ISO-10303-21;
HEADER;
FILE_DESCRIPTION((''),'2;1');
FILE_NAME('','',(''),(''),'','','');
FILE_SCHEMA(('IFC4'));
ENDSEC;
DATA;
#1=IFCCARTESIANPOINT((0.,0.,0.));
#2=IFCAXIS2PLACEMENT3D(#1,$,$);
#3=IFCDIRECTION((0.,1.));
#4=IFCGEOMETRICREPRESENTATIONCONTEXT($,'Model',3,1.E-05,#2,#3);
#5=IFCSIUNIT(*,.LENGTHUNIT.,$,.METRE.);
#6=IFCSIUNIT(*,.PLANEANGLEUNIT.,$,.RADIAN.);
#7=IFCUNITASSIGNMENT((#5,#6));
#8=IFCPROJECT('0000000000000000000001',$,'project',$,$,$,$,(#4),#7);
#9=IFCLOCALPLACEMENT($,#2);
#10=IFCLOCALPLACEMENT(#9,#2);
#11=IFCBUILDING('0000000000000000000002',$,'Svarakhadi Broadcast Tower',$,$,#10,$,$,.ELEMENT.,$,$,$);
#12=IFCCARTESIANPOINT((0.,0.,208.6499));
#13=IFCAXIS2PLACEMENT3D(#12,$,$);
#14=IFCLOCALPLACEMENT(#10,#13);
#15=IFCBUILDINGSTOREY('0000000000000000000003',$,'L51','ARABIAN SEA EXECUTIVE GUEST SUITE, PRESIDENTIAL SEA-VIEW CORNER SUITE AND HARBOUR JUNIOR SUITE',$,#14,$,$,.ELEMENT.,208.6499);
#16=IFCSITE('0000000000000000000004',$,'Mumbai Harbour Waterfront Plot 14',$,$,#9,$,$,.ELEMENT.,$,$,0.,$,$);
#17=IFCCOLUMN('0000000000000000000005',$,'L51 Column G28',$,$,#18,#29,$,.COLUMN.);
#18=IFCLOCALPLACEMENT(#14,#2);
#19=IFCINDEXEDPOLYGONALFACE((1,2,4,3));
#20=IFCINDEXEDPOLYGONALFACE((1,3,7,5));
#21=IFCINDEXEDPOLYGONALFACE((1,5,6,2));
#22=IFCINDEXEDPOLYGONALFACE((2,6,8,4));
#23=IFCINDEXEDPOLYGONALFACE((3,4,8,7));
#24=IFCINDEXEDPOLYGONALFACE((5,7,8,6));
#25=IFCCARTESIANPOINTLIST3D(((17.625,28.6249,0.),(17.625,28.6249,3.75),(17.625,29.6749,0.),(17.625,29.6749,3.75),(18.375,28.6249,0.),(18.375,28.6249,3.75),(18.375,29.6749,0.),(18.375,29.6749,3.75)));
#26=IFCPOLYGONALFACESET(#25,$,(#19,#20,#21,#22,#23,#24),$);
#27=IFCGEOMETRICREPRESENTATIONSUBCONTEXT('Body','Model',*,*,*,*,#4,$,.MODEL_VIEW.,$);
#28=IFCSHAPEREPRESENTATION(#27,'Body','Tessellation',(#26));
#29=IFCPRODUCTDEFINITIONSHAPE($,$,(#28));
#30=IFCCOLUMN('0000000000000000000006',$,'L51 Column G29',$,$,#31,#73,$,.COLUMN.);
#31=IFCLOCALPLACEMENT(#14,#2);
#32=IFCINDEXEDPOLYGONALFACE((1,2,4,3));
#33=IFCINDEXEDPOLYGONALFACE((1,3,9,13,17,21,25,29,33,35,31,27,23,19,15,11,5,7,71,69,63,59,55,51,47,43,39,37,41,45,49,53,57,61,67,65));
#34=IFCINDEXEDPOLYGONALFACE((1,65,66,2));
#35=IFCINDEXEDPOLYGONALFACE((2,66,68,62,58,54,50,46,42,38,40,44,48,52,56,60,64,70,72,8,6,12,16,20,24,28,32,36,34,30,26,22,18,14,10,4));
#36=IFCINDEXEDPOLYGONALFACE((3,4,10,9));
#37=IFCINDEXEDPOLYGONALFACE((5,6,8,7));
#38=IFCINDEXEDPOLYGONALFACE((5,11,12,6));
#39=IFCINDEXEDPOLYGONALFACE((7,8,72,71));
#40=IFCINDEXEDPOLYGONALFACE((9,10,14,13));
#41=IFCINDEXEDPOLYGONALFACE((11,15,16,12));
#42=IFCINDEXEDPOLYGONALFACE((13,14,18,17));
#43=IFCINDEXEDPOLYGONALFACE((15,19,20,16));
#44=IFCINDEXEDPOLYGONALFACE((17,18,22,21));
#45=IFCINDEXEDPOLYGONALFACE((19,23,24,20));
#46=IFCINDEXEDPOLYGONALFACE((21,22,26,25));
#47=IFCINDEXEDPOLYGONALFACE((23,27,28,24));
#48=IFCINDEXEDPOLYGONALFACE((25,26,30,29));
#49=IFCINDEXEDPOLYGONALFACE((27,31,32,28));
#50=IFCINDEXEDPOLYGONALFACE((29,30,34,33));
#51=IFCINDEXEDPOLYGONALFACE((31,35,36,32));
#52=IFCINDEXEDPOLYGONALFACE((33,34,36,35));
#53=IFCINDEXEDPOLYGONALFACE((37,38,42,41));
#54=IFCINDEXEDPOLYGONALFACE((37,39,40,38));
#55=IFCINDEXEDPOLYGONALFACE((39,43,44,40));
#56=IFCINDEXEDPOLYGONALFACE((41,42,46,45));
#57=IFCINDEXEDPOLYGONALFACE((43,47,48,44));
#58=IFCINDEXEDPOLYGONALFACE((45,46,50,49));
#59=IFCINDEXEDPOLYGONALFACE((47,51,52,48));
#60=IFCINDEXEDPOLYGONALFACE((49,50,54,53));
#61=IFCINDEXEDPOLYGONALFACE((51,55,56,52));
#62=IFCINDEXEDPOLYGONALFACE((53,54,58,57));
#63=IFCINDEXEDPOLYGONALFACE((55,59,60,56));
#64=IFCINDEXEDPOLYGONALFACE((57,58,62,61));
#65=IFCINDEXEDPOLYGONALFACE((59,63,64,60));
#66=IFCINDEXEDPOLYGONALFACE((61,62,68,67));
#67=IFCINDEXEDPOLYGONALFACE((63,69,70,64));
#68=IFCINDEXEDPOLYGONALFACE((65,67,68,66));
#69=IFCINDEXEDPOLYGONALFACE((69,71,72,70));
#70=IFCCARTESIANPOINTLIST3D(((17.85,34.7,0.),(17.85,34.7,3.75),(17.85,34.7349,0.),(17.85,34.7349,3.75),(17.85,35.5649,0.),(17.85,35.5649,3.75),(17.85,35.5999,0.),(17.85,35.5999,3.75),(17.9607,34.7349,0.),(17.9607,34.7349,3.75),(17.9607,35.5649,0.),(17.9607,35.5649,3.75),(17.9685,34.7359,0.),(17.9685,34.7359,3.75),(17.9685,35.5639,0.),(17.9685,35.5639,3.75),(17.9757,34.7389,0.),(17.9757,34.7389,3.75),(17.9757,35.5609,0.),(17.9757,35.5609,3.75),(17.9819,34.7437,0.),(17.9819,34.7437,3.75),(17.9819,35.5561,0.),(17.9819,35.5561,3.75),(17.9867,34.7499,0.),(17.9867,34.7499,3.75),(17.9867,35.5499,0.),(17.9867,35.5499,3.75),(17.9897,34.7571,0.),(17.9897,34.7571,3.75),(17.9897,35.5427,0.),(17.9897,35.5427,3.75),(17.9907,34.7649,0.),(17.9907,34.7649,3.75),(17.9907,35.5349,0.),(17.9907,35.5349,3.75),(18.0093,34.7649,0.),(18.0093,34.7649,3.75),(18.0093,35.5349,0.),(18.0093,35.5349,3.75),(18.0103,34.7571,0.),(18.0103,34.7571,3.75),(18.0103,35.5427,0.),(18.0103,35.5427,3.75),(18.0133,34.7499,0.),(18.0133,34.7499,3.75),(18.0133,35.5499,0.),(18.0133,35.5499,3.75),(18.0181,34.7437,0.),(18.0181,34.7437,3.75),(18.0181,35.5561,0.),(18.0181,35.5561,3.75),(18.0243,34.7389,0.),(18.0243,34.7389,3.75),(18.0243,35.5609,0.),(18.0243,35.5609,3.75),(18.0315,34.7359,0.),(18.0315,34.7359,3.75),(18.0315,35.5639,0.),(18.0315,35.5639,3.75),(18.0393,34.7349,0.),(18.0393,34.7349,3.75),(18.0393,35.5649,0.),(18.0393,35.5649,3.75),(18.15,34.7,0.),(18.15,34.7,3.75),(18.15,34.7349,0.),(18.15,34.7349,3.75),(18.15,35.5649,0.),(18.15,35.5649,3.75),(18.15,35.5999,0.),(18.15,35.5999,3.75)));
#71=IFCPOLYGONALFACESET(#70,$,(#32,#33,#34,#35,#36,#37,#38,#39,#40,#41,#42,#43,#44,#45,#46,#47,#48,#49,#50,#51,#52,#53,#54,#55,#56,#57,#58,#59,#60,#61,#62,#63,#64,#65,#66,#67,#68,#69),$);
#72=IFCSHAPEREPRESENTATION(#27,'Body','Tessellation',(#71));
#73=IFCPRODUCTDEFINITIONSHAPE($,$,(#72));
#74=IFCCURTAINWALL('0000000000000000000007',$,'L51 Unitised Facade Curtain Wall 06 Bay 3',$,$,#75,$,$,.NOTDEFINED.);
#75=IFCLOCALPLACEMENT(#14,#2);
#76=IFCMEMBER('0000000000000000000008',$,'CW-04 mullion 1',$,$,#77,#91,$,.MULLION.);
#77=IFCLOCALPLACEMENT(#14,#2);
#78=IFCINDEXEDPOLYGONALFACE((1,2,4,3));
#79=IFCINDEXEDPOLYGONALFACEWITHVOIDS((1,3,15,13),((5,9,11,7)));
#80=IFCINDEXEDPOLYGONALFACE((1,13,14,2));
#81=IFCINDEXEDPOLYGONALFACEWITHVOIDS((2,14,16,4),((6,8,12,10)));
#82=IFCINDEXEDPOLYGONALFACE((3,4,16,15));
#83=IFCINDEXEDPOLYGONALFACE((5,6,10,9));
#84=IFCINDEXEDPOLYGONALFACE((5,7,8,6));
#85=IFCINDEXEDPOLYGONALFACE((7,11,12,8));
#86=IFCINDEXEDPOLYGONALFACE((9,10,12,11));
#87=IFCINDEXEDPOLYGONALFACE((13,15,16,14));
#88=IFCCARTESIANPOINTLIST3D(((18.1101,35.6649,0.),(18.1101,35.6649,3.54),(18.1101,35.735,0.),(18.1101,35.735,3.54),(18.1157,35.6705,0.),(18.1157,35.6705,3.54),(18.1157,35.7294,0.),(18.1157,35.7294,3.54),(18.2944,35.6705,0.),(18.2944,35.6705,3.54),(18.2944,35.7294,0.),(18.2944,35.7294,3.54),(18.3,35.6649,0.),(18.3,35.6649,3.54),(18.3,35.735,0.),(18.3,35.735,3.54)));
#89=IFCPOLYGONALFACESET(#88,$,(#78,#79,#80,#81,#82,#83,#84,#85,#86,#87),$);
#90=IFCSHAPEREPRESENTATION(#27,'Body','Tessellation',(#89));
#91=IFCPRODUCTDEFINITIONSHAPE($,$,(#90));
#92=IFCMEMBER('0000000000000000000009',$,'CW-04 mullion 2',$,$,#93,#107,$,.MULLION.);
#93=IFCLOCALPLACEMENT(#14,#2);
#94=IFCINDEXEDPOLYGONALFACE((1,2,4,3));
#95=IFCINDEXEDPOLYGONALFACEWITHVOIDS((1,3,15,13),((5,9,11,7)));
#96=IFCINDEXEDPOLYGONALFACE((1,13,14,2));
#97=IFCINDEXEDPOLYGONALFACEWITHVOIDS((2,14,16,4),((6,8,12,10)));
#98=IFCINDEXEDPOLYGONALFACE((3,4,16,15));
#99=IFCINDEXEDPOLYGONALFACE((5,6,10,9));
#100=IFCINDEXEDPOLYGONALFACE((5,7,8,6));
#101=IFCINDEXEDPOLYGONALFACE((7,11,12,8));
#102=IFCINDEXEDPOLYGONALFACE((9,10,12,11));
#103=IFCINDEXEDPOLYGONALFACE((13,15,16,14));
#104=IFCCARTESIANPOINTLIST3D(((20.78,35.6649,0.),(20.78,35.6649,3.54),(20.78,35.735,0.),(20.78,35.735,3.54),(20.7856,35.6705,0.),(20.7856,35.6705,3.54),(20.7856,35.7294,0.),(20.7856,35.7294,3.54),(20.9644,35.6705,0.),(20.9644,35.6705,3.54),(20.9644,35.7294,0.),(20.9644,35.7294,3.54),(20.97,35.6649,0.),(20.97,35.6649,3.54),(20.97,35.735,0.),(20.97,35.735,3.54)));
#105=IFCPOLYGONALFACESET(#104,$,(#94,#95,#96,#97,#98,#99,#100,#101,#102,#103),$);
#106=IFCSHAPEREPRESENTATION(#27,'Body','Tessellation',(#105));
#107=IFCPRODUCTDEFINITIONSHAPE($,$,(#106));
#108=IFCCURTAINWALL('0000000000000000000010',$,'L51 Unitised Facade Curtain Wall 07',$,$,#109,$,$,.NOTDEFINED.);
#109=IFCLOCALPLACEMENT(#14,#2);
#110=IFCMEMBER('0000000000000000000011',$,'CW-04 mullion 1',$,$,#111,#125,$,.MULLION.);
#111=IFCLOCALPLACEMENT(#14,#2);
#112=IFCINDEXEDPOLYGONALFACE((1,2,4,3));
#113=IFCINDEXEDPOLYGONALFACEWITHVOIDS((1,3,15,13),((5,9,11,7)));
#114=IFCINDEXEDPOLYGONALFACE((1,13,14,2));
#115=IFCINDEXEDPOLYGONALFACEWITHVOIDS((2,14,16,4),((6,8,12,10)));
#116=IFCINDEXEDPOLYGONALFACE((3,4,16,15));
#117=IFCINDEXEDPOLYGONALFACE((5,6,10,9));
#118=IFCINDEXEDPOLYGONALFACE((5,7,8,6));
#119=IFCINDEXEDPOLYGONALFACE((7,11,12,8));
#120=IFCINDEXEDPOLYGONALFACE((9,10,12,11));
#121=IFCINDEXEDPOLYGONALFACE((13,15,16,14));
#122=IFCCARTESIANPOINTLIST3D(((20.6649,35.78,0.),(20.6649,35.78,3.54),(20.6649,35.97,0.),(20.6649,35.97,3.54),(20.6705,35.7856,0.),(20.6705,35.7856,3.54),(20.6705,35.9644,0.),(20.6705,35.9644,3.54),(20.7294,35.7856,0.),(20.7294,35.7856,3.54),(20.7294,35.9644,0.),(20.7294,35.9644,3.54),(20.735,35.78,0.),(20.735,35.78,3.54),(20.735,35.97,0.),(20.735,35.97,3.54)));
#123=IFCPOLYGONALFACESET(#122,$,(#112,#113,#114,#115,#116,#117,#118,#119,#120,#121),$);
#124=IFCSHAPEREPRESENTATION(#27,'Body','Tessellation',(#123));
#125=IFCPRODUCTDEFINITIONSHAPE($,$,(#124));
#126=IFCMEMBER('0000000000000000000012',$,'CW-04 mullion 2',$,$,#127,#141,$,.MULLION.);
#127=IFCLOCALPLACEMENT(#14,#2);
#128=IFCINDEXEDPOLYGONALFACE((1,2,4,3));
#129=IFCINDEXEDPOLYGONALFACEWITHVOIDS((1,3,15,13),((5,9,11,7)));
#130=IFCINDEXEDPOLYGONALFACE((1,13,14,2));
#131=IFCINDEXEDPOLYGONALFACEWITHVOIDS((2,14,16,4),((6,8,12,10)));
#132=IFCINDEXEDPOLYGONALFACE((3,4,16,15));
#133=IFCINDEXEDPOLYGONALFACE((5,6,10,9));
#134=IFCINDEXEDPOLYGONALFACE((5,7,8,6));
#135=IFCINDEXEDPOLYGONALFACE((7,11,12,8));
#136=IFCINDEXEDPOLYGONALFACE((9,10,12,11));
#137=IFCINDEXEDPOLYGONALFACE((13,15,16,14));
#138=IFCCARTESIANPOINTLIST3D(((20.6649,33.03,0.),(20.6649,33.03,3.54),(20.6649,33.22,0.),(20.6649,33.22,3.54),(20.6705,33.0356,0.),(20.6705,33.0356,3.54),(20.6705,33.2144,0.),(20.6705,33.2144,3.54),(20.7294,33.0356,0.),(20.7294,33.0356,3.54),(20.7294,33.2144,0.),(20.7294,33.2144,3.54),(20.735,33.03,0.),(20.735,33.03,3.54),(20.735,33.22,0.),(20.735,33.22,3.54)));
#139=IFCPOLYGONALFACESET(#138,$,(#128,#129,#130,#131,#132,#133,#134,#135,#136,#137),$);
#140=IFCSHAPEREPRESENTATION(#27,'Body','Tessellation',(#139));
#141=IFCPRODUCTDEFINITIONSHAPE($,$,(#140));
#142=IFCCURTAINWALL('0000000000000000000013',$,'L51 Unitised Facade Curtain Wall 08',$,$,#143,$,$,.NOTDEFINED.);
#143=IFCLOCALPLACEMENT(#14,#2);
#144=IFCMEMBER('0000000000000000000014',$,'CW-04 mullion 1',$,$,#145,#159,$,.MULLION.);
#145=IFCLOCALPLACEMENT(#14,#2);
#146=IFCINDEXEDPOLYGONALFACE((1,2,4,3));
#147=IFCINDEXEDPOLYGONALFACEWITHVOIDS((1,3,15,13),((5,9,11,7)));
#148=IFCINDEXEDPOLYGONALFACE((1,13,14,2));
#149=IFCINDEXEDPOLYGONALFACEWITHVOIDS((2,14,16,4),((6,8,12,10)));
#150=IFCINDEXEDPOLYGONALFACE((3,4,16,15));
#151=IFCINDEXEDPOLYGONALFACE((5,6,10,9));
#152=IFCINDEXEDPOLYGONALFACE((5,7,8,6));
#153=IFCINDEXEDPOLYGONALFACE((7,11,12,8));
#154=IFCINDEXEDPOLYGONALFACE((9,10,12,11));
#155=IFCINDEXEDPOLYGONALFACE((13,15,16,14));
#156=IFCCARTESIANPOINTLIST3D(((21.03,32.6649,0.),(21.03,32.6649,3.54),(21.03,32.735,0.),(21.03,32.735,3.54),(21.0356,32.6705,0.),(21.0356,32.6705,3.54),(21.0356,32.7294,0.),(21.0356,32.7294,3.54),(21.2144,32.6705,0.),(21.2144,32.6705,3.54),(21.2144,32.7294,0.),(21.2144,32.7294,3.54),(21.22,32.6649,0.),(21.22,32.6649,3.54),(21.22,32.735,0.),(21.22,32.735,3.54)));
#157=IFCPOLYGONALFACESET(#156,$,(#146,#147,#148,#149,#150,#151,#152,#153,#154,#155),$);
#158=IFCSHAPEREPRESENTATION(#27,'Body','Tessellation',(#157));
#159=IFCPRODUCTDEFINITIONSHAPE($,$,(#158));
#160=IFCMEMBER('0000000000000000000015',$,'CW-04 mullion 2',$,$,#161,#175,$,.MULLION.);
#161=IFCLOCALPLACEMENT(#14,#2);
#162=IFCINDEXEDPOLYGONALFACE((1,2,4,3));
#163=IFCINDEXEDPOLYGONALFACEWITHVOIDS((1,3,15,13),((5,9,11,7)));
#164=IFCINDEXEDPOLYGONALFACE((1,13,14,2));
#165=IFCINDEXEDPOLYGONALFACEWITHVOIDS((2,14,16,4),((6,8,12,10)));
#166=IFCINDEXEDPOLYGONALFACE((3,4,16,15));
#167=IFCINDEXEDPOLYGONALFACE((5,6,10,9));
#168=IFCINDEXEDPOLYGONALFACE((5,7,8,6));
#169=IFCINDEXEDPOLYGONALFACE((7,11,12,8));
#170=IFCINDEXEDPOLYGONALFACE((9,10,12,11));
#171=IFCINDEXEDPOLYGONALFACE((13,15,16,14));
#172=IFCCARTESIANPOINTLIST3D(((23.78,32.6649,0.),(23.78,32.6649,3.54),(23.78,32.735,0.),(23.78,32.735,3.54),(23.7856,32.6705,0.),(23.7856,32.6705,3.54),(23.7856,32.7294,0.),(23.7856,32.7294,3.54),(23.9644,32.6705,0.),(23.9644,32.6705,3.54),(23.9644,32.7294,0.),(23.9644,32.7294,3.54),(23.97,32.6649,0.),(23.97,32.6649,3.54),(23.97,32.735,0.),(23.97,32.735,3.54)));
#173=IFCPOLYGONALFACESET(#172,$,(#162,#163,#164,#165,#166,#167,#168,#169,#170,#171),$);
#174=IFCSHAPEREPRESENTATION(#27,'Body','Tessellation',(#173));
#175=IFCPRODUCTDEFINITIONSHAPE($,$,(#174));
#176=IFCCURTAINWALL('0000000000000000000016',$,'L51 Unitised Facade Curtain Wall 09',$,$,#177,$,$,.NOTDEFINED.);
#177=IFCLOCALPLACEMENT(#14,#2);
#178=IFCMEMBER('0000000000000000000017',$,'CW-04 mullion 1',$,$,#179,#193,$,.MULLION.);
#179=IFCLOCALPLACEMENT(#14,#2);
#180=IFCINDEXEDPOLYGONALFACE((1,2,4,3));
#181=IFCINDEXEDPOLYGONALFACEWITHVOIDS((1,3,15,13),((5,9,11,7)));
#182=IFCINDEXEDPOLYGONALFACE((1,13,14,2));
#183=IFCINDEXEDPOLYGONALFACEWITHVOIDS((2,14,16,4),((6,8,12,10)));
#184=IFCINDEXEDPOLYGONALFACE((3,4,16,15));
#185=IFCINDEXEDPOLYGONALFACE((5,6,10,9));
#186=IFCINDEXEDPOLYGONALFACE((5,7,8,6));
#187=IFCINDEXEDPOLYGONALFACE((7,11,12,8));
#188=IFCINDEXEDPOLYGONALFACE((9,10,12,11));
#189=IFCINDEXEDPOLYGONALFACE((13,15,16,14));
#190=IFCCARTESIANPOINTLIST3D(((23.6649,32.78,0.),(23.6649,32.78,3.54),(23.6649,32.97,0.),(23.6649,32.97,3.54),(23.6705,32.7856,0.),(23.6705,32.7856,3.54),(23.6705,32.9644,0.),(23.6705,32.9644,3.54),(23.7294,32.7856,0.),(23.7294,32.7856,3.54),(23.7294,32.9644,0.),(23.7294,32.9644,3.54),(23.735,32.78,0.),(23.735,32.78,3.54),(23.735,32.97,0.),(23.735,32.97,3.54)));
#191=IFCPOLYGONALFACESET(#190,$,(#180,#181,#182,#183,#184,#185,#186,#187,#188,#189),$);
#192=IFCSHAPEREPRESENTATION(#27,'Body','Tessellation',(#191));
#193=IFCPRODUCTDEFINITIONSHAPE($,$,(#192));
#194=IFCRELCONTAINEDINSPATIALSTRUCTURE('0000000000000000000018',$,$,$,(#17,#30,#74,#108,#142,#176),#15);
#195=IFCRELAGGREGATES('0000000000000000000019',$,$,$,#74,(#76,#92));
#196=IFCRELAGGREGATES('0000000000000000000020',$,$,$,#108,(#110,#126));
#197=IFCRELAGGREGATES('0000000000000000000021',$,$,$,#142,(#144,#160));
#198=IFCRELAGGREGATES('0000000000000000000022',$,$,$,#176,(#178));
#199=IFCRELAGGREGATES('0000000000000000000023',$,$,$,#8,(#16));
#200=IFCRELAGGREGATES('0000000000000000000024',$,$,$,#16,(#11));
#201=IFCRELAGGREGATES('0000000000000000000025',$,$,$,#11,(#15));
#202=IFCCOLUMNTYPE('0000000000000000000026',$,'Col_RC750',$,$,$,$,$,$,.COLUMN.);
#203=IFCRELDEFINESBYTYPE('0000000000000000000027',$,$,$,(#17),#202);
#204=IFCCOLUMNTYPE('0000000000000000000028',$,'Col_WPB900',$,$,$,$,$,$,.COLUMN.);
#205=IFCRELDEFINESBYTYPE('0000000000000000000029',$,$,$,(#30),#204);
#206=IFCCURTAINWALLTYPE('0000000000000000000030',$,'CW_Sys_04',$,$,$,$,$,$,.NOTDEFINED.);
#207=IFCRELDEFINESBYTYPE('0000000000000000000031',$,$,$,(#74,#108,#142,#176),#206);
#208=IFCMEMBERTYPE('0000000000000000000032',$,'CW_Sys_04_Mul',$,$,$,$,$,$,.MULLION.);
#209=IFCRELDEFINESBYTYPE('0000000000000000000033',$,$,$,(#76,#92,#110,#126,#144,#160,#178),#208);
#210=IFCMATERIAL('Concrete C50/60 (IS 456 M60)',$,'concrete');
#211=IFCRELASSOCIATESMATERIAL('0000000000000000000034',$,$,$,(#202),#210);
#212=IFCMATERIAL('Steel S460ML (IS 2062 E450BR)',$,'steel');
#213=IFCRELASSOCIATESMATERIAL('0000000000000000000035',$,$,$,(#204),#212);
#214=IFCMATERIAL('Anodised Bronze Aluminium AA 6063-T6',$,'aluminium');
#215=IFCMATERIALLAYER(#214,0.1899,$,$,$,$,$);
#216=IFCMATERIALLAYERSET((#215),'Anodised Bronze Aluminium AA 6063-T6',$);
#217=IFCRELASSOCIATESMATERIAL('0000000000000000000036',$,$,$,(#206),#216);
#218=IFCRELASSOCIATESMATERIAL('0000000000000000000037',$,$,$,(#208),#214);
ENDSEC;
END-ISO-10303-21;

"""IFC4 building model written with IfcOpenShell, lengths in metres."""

from ifc_helpers import new_model, si_unit, direction, frame, origin, origin_2d, place, context, subcontext, project, spatial, rectangle, hollow_rectangle, i_section, extrude, material, layer, layer_set, material_profile, profile_set, type_object, element, aggregate, save


model = new_model("IFC4")

# Units and contexts
model_context = context("Model", 3, precision=1e-05, world=origin(), true_north=direction((0.0, 1.0)))
body_context = subcontext(model_context, "Body", "Model", "MODEL_VIEW")
ifc_project = project(units=[si_unit("LENGTHUNIT", "METRE"), si_unit("PLANEANGLEUNIT", "RADIAN")], contexts=[model_context])

# Site, building, storey
site_placement = place(None, origin())
site = spatial("IfcSite", under=ifc_project, at=site_placement, Name="Mumbai Harbour Waterfront Plot 14", CompositionType="ELEMENT", RefElevation=0.0)
building_placement = place(site_placement, origin())
building = spatial("IfcBuilding", under=site, at=building_placement, Name="Svarakhadi Broadcast Tower", CompositionType="ELEMENT")
storey_placement = place(building_placement, frame((0.0, 0.0, 208.6499)))
storey = spatial("IfcBuildingStorey", under=building, at=storey_placement, Name="L51", Description="ARABIAN SEA EXECUTIVE GUEST SUITE, PRESIDENTIAL SEA-VIEW CORNER SUITE AND HARBOUR JUNIOR SUITE", CompositionType="ELEMENT", Elevation=208.6499)

# Columns
ifc_material_1 = material(Name="Concrete C50/60 (IS 456 M60)", Category="concrete")
ifc_material_profile_1 = material_profile(ifc_material_1, rectangle(XDim=0.75, YDim=1.05, at=origin_2d()), Name="RC 750x1050")
ifc_profile_set_1 = profile_set([ifc_material_profile_1], Name="Concrete C50/60 (IS 456 M60)")
column_type_1 = type_object("IfcColumnType", Name="Col_RC750", PredefinedType="COLUMN", material=ifc_profile_set_1)
column_1_placement = place(storey_placement, frame((18.0, 29.1499, 0.0), z_axis=(0.0, 0.0, 1.0), x_axis=(1.0, 0.0, 0.0)))
element("IfcColumn", 1, at=column_1_placement, inside=storey, type_object=column_type_1, Name="L51 Column G28", PredefinedType="COLUMN", context=body_context, shape_type="SweptSolid", body=[
    extrude(rectangle(XDim=0.75, YDim=1.05, at=origin_2d()), origin(), (0.0, 0.0, 1.0), 3.75),
])
ifc_material_2 = material(Name="Steel S460ML (IS 2062 E450BR)", Category="steel")
ifc_material_profile_2 = material_profile(ifc_material_2, i_section(OverallWidth=0.3, OverallDepth=0.8999, WebThickness=0.0186, FlangeThickness=0.0349, FilletRadius=0.03, at=origin_2d()), Name="WPB 900x300x291")
ifc_profile_set_2 = profile_set([ifc_material_profile_2], Name="Steel S460ML (IS 2062 E450BR)")
column_type_2 = type_object("IfcColumnType", Name="Col_WPB900", PredefinedType="COLUMN", material=ifc_profile_set_2)
column_2_placement = place(storey_placement, frame((18.0, 35.1499, 0.0), z_axis=(0.0, 0.0, 1.0), x_axis=(1.0, 0.0, 0.0)))
element("IfcColumn", 2, at=column_2_placement, inside=storey, type_object=column_type_2, Name="L51 Column G29", PredefinedType="COLUMN", context=body_context, shape_type="SweptSolid", body=[
    extrude(i_section(OverallWidth=0.3, OverallDepth=0.8999, WebThickness=0.0186, FlangeThickness=0.0349, FilletRadius=0.03, at=origin_2d()), origin(), (0.0, 0.0, 1.0), 3.75),
])

# Curtain walls, members
ifc_material_3 = material(Name="Anodised Bronze Aluminium AA 6063-T6", Category="aluminium")
ifc_layer_1 = layer(ifc_material_3, 0.1899)
ifc_layer_set_1 = layer_set([ifc_layer_1], Name="Anodised Bronze Aluminium AA 6063-T6")
curtain_wall_type = type_object("IfcCurtainWallType", Name="CW_Sys_04", PredefinedType="NOTDEFINED", material=ifc_layer_set_1)
curtain_wall_1_placement = place(storey_placement, origin())
curtain_wall_1 = element("IfcCurtainWall", 3, at=curtain_wall_1_placement, inside=storey, type_object=curtain_wall_type, Name="L51 Unitised Facade Curtain Wall 06 Bay 3", PredefinedType="NOTDEFINED")
ifc_material_profile_3 = material_profile(ifc_material_3, hollow_rectangle(XDim=0.0701, YDim=0.1899, WallThickness=0.0056, at=origin_2d()), Name="ALU MULLION 190x70x6")
ifc_profile_set_3 = profile_set([ifc_material_profile_3], Name="Anodised Bronze Aluminium AA 6063-T6")
member_type_1 = type_object("IfcMemberType", Name="CW_Sys_04_Mul", PredefinedType="MULLION", material=ifc_profile_set_3)
member_1_placement = place(storey_placement, frame((18.2051, 35.7, 0.0), z_axis=(0.0, 0.0, 1.0), x_axis=(0.0, 1.0, 0.0)))
member_1 = element("IfcMember", 4, at=member_1_placement, type_object=member_type_1, Name="CW-04 mullion 1", PredefinedType="MULLION", context=body_context, shape_type="SweptSolid", body=[
    extrude(hollow_rectangle(XDim=0.0701, YDim=0.1899, WallThickness=0.0056, at=origin_2d()), origin(), (0.0, 0.0, 1.0), 3.54),
])
member_2_placement = place(storey_placement, frame((20.875, 35.7, 0.0), z_axis=(0.0, 0.0, 1.0), x_axis=(0.0, 1.0, 0.0)))
member_2 = element("IfcMember", 5, at=member_2_placement, type_object=member_type_1, Name="CW-04 mullion 2", PredefinedType="MULLION", context=body_context, shape_type="SweptSolid", body=[
    extrude(hollow_rectangle(XDim=0.0701, YDim=0.1899, WallThickness=0.0056, at=origin_2d()), origin(), (0.0, 0.0, 1.0), 3.54),
])
curtain_wall_2_placement = place(storey_placement, origin())
curtain_wall_2 = element("IfcCurtainWall", 6, at=curtain_wall_2_placement, inside=storey, type_object=curtain_wall_type, Name="L51 Unitised Facade Curtain Wall 07", PredefinedType="NOTDEFINED")
member_3_placement = place(storey_placement, frame((20.7, 35.875, 0.0), z_axis=(0.0, 0.0, 1.0), x_axis=(1.0, 0.0, 0.0)))
member_3 = element("IfcMember", 7, at=member_3_placement, type_object=member_type_1, Name="CW-04 mullion 1", PredefinedType="MULLION", context=body_context, shape_type="SweptSolid", body=[
    extrude(hollow_rectangle(XDim=0.0701, YDim=0.1899, WallThickness=0.0056, at=origin_2d()), origin(), (0.0, 0.0, 1.0), 3.54),
])
member_4_placement = place(storey_placement, frame((20.7, 33.125, 0.0), z_axis=(0.0, 0.0, 1.0), x_axis=(1.0, 0.0, 0.0)))
member_4 = element("IfcMember", 8, at=member_4_placement, type_object=member_type_1, Name="CW-04 mullion 2", PredefinedType="MULLION", context=body_context, shape_type="SweptSolid", body=[
    extrude(hollow_rectangle(XDim=0.0701, YDim=0.1899, WallThickness=0.0056, at=origin_2d()), origin(), (0.0, 0.0, 1.0), 3.54),
])
curtain_wall_3_placement = place(storey_placement, origin())
curtain_wall_3 = element("IfcCurtainWall", 9, at=curtain_wall_3_placement, inside=storey, type_object=curtain_wall_type, Name="L51 Unitised Facade Curtain Wall 08", PredefinedType="NOTDEFINED")
member_5_placement = place(storey_placement, frame((21.125, 32.7, 0.0), z_axis=(0.0, 0.0, 1.0), x_axis=(0.0, 1.0, 0.0)))
member_5 = element("IfcMember", 10, at=member_5_placement, type_object=member_type_1, Name="CW-04 mullion 1", PredefinedType="MULLION", context=body_context, shape_type="SweptSolid", body=[
    extrude(hollow_rectangle(XDim=0.0701, YDim=0.1899, WallThickness=0.0056, at=origin_2d()), origin(), (0.0, 0.0, 1.0), 3.54),
])
member_6_placement = place(storey_placement, frame((23.875, 32.7, 0.0), z_axis=(0.0, 0.0, 1.0), x_axis=(0.0, 1.0, 0.0)))
member_6 = element("IfcMember", 11, at=member_6_placement, type_object=member_type_1, Name="CW-04 mullion 2", PredefinedType="MULLION", context=body_context, shape_type="SweptSolid", body=[
    extrude(hollow_rectangle(XDim=0.0701, YDim=0.1899, WallThickness=0.0056, at=origin_2d()), origin(), (0.0, 0.0, 1.0), 3.54),
])

# Curtain wall, member
curtain_wall_4_placement = place(storey_placement, origin())
curtain_wall_4 = element("IfcCurtainWall", 12, at=curtain_wall_4_placement, inside=storey, type_object=curtain_wall_type, Name="L51 Unitised Facade Curtain Wall 09", PredefinedType="NOTDEFINED")
member_7_placement = place(storey_placement, frame((23.7, 32.875, 0.0), z_axis=(0.0, 0.0, 1.0), x_axis=(1.0, 0.0, 0.0)))
member_7 = element("IfcMember", 13, at=member_7_placement, type_object=member_type_1, Name="CW-04 mullion 1", PredefinedType="MULLION", context=body_context, shape_type="SweptSolid", body=[
    extrude(hollow_rectangle(XDim=0.0701, YDim=0.1899, WallThickness=0.0056, at=origin_2d()), origin(), (0.0, 0.0, 1.0), 3.54),
])

aggregate(curtain_wall_1, [member_1, member_2])
aggregate(curtain_wall_2, [member_3, member_4])
aggregate(curtain_wall_3, [member_5, member_6])
aggregate(curtain_wall_4, [member_7])

save(model, "model.ifc")
